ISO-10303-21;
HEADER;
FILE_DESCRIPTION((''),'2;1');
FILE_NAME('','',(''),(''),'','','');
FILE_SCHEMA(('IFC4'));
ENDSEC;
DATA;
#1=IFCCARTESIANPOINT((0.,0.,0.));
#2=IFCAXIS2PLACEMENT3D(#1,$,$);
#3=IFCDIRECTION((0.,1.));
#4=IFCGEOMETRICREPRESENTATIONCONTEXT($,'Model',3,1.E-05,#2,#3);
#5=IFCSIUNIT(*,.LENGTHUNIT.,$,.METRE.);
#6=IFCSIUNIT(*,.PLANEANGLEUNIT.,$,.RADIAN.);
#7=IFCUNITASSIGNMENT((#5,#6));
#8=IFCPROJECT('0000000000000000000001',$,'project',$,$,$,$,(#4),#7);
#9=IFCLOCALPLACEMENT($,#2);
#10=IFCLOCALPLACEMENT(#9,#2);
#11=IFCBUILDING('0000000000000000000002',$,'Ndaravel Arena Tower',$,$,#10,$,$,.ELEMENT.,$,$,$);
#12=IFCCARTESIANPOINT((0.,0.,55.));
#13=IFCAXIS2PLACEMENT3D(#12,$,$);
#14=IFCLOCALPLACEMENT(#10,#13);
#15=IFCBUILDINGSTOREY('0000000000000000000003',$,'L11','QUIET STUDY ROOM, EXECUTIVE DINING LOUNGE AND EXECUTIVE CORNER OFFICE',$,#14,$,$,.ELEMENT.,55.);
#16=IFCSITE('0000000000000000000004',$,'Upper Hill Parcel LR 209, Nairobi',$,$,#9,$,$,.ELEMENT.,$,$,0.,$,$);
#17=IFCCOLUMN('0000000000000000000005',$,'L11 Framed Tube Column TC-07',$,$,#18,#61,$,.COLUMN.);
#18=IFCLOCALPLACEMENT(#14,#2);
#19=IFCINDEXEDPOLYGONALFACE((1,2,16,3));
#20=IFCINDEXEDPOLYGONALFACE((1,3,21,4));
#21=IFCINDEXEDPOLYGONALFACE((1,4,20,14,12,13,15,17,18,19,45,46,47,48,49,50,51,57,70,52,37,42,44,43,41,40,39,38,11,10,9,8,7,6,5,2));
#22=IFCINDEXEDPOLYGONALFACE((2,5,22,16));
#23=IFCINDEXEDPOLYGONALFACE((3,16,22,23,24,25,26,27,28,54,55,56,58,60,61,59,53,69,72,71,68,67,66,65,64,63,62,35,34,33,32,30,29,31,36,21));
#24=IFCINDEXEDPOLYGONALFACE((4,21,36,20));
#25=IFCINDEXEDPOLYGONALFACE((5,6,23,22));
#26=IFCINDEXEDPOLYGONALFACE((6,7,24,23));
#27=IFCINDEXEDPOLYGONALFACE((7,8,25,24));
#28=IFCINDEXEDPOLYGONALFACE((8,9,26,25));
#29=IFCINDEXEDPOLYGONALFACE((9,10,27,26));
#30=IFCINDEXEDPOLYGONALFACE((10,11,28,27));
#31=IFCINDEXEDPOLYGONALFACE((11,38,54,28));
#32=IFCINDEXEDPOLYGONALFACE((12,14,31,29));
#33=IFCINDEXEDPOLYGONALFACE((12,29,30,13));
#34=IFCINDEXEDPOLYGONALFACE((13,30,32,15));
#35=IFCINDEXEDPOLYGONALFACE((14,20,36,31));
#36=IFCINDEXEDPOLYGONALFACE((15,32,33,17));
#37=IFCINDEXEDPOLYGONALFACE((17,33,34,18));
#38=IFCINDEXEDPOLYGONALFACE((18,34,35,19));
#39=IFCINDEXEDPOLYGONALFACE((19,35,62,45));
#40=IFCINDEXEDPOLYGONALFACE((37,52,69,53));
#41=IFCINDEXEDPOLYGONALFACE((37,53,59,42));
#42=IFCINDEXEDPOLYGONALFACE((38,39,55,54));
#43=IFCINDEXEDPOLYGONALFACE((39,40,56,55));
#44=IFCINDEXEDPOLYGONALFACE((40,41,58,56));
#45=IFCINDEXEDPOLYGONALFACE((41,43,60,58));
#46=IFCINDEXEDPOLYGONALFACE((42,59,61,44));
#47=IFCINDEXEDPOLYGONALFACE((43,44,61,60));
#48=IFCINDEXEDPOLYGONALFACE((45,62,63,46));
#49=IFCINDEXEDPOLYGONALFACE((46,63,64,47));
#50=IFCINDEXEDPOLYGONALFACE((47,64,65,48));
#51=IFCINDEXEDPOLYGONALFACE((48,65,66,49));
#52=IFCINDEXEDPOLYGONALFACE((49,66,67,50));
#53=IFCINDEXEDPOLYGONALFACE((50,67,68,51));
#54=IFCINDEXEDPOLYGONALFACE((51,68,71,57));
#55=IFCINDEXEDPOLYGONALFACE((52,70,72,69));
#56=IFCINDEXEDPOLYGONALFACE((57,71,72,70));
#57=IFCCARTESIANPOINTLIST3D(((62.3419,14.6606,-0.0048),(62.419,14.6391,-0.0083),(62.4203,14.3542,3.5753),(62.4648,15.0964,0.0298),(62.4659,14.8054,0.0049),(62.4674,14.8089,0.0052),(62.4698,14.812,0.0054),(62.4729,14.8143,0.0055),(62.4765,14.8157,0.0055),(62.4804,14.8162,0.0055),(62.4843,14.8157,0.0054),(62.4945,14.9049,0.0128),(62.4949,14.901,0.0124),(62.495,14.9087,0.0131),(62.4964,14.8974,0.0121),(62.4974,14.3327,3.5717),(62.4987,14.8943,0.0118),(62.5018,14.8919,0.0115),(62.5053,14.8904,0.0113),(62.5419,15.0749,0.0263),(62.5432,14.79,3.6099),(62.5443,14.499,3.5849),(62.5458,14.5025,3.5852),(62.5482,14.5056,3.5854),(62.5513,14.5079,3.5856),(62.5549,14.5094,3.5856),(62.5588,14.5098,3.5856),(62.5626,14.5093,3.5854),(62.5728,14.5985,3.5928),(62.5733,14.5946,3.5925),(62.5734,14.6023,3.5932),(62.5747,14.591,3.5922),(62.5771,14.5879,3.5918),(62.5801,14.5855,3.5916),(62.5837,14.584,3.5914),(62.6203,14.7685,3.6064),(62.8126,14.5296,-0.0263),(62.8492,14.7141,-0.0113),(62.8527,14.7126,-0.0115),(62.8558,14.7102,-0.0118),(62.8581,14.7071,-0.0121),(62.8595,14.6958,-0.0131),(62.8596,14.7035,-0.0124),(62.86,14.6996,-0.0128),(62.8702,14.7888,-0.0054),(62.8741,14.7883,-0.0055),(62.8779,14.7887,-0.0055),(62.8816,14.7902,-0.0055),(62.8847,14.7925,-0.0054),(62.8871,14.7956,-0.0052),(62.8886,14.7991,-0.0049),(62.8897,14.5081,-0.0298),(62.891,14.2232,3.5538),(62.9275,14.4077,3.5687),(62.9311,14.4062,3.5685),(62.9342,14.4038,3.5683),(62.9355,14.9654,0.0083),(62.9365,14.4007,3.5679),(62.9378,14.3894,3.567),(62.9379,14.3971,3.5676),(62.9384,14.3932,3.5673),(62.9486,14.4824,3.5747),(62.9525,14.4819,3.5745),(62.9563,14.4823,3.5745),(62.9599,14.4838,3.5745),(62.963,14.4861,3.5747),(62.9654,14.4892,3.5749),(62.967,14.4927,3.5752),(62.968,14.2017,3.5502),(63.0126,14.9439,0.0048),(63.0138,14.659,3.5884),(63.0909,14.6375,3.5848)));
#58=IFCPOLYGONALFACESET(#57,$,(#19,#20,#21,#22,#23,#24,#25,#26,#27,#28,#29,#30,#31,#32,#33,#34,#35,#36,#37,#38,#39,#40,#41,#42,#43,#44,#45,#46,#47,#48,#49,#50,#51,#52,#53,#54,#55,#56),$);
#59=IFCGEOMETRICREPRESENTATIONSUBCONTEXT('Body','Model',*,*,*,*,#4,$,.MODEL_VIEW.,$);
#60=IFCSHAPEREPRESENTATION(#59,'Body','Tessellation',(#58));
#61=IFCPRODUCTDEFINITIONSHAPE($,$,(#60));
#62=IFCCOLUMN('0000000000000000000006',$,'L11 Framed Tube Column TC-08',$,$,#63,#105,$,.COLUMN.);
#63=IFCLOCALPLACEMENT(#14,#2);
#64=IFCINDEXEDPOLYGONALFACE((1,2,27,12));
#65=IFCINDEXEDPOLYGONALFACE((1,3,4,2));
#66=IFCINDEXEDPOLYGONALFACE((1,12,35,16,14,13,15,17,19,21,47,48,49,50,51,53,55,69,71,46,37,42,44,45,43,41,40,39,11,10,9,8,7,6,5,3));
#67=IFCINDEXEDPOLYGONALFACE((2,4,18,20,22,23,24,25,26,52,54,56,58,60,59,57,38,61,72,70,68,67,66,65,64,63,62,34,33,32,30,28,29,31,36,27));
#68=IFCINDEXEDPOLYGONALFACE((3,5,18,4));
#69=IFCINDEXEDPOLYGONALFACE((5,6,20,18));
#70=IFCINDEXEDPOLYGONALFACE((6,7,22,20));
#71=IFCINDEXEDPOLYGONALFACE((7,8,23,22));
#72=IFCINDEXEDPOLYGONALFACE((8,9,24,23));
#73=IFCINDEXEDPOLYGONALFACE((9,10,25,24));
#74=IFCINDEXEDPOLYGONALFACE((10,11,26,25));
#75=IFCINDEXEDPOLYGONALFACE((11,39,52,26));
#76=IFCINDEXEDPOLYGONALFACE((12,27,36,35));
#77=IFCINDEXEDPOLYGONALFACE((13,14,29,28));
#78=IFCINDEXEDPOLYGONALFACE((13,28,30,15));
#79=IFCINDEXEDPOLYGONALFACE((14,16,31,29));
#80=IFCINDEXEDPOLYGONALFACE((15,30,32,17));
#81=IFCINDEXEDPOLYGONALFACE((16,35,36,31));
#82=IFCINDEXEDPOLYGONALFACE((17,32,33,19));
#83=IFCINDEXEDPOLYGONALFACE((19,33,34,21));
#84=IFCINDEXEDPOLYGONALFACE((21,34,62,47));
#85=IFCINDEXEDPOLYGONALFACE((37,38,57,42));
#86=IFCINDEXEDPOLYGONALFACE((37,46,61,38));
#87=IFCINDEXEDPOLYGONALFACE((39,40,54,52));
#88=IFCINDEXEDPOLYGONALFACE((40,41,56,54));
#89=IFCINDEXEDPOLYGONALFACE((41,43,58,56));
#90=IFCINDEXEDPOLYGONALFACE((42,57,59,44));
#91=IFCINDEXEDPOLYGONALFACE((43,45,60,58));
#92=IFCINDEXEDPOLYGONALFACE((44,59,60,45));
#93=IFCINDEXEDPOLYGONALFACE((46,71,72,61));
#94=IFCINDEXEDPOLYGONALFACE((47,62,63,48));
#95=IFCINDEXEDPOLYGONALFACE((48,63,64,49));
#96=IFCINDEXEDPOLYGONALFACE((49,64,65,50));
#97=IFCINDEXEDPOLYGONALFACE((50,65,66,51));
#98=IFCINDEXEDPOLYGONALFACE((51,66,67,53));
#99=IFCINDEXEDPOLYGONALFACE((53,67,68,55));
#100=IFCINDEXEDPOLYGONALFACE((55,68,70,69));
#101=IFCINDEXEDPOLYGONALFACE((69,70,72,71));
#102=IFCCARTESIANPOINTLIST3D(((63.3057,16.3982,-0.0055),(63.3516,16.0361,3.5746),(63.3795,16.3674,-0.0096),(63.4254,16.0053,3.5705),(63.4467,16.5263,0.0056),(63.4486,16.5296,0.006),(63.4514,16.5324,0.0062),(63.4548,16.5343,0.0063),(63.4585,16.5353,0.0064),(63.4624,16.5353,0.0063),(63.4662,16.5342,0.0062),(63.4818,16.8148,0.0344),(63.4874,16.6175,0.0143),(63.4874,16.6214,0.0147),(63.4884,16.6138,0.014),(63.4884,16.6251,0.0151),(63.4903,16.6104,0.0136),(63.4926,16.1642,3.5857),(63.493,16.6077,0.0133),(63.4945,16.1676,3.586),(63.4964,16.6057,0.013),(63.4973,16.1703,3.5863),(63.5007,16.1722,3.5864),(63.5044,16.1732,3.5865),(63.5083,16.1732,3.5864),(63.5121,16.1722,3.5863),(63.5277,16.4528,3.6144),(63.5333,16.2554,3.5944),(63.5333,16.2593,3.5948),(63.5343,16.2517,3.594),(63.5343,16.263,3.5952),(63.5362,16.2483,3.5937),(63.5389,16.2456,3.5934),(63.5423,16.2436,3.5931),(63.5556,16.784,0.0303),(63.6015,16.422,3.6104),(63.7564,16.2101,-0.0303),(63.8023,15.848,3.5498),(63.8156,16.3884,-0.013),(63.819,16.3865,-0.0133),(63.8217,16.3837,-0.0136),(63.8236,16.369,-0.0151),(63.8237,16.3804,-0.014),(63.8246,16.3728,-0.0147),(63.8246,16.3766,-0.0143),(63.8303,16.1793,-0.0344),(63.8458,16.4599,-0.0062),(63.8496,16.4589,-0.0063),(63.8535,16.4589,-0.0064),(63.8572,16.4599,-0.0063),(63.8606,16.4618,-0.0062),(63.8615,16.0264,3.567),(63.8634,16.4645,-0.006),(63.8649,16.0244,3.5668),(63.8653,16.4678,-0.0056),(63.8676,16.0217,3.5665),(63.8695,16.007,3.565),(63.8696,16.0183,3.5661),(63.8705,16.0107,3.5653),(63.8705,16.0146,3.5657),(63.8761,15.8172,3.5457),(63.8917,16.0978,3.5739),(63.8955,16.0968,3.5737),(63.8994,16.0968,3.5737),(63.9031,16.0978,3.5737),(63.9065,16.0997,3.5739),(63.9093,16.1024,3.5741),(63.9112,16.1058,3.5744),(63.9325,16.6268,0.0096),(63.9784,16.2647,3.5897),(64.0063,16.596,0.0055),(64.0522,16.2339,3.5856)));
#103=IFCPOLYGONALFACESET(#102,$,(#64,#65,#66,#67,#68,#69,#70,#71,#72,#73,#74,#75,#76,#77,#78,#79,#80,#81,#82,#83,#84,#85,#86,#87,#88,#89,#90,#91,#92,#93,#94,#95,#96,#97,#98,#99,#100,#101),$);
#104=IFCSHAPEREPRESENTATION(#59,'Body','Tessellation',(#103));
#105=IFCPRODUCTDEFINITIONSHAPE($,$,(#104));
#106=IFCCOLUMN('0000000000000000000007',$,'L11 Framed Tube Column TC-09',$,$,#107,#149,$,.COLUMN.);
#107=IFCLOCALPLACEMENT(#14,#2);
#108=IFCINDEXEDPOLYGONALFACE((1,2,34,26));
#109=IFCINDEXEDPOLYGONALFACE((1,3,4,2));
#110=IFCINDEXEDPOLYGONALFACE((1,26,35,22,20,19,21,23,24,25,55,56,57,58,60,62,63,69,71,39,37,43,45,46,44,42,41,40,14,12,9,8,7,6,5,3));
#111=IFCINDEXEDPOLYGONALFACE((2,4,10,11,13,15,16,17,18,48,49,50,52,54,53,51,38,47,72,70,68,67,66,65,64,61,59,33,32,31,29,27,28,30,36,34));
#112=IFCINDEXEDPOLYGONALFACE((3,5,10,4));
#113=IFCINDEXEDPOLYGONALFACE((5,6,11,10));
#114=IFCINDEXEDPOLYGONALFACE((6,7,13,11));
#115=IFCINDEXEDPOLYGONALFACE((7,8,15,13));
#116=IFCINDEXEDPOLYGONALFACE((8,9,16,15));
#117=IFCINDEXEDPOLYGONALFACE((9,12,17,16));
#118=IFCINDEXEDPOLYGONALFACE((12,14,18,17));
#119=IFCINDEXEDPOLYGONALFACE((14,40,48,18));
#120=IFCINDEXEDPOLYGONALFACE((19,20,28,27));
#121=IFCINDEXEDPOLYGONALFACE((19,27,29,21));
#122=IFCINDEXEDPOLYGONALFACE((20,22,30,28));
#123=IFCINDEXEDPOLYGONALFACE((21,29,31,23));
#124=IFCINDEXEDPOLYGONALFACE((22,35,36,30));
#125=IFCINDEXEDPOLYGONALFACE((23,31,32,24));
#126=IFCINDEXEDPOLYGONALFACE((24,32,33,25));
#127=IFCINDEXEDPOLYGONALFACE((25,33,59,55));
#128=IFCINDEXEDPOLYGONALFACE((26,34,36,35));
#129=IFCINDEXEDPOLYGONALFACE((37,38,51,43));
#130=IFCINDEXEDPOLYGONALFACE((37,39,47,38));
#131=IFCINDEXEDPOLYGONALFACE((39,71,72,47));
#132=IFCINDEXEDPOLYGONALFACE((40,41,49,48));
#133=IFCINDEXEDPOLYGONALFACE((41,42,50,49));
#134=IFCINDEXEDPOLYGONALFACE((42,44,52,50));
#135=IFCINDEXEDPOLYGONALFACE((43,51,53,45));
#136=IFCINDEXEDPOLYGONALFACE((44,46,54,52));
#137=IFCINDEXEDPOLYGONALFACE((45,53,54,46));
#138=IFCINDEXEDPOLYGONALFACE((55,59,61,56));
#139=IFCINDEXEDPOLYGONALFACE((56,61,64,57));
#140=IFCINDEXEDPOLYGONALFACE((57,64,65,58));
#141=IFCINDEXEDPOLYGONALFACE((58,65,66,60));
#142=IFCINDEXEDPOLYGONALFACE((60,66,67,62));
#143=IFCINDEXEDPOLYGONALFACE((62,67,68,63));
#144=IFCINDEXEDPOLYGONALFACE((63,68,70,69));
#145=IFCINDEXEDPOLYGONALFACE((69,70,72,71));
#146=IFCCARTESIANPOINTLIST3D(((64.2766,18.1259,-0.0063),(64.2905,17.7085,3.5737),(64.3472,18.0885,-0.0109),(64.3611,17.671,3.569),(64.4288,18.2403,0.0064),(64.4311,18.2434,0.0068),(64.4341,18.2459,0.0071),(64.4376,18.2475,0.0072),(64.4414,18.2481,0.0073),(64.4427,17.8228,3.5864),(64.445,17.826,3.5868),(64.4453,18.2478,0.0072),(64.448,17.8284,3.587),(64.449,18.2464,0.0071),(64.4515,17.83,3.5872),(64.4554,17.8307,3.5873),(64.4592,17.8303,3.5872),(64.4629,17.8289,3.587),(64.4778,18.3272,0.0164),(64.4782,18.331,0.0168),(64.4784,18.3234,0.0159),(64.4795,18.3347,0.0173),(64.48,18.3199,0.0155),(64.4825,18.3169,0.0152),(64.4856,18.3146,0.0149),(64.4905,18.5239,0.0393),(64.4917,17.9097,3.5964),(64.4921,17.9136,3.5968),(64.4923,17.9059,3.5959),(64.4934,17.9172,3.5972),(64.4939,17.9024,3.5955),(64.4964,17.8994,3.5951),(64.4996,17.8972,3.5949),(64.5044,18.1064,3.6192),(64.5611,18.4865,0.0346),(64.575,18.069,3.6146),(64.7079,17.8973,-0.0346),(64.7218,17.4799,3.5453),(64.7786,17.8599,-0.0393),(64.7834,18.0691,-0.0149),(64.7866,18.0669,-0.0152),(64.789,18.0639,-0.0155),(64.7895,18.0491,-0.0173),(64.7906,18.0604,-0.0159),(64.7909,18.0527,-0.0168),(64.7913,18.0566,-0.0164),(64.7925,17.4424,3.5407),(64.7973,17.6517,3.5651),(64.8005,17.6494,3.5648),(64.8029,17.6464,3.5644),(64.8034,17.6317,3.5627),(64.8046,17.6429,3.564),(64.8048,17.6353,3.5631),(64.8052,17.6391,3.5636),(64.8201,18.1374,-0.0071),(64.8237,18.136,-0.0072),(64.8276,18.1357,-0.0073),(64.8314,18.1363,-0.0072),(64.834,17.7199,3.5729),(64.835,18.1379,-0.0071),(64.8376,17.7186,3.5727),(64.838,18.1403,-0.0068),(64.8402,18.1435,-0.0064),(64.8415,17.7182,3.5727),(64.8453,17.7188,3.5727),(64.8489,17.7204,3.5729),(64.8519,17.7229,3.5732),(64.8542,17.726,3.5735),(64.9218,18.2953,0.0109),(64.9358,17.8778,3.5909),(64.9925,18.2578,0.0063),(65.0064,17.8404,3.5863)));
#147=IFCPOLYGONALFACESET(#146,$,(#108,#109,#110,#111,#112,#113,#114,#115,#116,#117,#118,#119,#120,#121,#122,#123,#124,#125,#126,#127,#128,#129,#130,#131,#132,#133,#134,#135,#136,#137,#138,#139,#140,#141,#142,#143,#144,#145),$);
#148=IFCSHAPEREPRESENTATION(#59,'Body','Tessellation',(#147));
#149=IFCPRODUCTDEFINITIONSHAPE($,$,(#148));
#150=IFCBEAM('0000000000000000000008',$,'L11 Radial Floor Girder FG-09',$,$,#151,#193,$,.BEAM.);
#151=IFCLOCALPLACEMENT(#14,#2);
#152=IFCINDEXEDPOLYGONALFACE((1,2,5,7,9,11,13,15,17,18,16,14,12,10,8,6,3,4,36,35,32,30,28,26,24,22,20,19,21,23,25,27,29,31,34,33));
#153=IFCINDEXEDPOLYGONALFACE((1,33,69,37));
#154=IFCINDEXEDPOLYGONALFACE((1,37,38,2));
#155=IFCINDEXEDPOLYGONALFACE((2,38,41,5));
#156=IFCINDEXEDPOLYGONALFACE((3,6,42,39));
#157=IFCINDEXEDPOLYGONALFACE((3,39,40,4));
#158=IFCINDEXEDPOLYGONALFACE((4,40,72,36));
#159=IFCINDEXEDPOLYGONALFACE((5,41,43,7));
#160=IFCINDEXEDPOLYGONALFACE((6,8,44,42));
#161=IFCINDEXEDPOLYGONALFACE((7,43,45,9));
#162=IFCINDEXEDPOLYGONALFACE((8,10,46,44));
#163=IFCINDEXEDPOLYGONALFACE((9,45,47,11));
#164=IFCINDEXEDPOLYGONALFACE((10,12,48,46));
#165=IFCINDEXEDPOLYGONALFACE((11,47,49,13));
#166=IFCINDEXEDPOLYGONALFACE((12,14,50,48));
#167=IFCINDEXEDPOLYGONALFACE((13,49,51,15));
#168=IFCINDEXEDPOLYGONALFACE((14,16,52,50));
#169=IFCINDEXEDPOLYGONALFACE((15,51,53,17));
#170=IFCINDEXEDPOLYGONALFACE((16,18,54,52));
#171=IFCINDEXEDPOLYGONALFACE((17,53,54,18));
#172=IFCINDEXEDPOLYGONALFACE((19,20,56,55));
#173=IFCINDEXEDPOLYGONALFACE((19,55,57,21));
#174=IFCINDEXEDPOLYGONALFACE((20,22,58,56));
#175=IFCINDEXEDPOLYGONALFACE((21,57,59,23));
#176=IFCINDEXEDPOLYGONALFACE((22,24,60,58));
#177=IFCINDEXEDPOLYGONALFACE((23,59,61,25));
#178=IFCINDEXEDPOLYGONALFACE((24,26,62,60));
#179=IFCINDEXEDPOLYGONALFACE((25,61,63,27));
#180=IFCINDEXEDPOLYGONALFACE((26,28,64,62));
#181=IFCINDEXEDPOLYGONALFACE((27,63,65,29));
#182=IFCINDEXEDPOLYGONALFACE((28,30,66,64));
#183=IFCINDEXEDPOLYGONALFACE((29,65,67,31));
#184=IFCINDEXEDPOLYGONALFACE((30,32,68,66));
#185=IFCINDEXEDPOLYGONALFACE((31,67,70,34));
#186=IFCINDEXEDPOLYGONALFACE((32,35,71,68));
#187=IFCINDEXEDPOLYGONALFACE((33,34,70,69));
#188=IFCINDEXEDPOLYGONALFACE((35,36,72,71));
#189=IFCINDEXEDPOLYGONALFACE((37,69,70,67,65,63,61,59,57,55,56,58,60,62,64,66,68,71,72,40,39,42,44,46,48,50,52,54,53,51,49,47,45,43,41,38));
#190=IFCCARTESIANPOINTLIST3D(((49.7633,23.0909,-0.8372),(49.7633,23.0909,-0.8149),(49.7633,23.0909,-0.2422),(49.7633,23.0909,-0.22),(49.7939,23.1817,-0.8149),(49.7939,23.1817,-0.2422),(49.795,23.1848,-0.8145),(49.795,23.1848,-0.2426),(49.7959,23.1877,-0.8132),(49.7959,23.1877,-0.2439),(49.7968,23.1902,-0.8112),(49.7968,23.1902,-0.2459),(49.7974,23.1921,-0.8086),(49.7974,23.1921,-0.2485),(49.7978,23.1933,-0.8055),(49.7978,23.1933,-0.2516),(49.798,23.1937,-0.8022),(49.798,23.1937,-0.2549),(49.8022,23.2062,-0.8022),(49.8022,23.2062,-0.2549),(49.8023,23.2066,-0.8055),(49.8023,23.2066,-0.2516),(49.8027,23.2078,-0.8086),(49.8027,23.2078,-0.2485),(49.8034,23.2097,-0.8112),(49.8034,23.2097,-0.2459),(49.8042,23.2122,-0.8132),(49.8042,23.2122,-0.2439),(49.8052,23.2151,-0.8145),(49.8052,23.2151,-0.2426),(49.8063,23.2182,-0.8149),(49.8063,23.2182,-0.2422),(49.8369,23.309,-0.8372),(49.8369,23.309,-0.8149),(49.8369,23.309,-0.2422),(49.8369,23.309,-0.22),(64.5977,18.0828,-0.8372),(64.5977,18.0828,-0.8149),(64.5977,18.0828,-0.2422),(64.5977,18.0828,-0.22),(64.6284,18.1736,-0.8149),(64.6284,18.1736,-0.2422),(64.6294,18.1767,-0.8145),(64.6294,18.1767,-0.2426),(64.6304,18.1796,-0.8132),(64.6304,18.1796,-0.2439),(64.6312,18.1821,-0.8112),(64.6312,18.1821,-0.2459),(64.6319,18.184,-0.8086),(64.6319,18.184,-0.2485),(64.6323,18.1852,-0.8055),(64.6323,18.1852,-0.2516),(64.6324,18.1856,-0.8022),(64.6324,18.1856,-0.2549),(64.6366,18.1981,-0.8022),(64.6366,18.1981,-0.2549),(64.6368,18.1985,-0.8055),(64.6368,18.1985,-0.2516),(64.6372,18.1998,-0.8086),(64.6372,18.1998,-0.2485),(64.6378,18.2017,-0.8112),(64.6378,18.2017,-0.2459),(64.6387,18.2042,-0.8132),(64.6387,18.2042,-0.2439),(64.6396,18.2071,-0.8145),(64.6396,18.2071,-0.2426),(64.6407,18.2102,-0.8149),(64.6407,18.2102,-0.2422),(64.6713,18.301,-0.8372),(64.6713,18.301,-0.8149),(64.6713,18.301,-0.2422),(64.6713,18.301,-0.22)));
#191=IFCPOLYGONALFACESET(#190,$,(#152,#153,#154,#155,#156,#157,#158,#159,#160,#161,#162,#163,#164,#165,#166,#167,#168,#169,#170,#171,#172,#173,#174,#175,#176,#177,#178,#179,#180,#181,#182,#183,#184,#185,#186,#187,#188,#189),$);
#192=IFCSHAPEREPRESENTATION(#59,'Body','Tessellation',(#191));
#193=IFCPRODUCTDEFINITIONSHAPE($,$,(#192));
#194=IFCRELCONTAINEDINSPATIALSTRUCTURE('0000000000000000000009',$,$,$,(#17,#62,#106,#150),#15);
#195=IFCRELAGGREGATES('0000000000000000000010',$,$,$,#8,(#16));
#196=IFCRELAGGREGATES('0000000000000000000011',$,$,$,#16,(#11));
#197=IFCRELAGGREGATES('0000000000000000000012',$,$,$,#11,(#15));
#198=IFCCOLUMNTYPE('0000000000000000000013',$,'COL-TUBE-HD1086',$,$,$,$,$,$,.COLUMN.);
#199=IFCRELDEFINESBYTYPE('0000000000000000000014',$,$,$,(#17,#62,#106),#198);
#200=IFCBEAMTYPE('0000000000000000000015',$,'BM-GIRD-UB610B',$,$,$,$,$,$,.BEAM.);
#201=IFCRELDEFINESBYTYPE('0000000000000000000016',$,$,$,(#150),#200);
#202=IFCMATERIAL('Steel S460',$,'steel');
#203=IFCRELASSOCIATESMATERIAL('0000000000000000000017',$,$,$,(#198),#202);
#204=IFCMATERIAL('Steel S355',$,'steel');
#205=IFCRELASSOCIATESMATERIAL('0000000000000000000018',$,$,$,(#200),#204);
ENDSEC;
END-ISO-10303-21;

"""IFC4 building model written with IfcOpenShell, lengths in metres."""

from ifc_helpers import new_model, si_unit, direction, frame, origin, origin_2d, place, context, subcontext, project, spatial, i_section, extrude, material, material_profile, profile_set, type_object, element, save


model = new_model("IFC4")

# Units and contexts
model_context = context("Model", 3, precision=1e-05, world=origin(), true_north=direction((0.0, 1.0)))
body_context = subcontext(model_context, "Body", "Model", "MODEL_VIEW")
ifc_project = project(units=[si_unit("LENGTHUNIT", "METRE"), si_unit("PLANEANGLEUNIT", "RADIAN")], contexts=[model_context])

# Site, building, storey
site_placement = place(None, origin())
site = spatial("IfcSite", under=ifc_project, at=site_placement, Name="Upper Hill Parcel LR 209, Nairobi", CompositionType="ELEMENT", RefElevation=0.0)
building_placement = place(site_placement, origin())
building = spatial("IfcBuilding", under=site, at=building_placement, Name="Ndaravel Arena Tower", CompositionType="ELEMENT")
storey_placement = place(building_placement, frame((0.0, 0.0, 55.0)))
storey = spatial("IfcBuildingStorey", under=building, at=storey_placement, Name="L11", Description="QUIET STUDY ROOM, EXECUTIVE DINING LOUNGE AND EXECUTIVE CORNER OFFICE", CompositionType="ELEMENT", Elevation=55.0)

# Columns
ifc_material_1 = material(Name="Steel S460", Category="steel")
ifc_material_profile_1 = material_profile(ifc_material_1, i_section(OverallWidth=0.4541, OverallDepth=0.5691, WebThickness=0.0779, FlangeThickness=0.0801, FilletRadius=0.0149, at=origin_2d()), Name="HD 400x1086")
ifc_profile_set_1 = profile_set([ifc_material_profile_1], Name="Steel S460")
column_type = type_object("IfcColumnType", Name="COL-TUBE-HD1086", PredefinedType="COLUMN", material=ifc_profile_set_1)
column_1_placement = place(storey_placement, frame((62.6772, 14.8022, 0.0), z_axis=(0.021805, -0.085252, 0.996121), x_axis=(0.270637, 0.95966, 0.076207)))
element("IfcColumn", 1, at=column_1_placement, inside=storey, type_object=column_type, Name="L11 Framed Tube Column TC-07", PredefinedType="COLUMN", context=body_context, shape_type="SweptSolid", body=[
    extrude(i_section(OverallWidth=0.4541, OverallDepth=0.5691, WebThickness=0.0779, FlangeThickness=0.0801, FilletRadius=0.0149, at=origin_2d()), origin(), (0.0, 0.0, 1.0), 3.594),
])
column_2_placement = place(storey_placement, frame((63.656, 16.4971, 0.0), z_axis=(0.012754, -0.100611, 0.994844), x_axis=(0.387677, 0.917601, 0.087829)))
element("IfcColumn", 2, at=column_2_placement, inside=storey, type_object=column_type, Name="L11 Framed Tube Column TC-08", PredefinedType="COLUMN", context=body_context, shape_type="SweptSolid", body=[
    extrude(i_section(OverallWidth=0.4541, OverallDepth=0.5691, WebThickness=0.0779, FlangeThickness=0.0801, FilletRadius=0.0149, at=origin_2d()), origin(), (0.0, 0.0, 1.0), 3.5986),
])
column_3_placement = place(storey_placement, frame((64.6345, 18.1919, 0.0), z_axis=(0.003861, -0.115826, 0.993262), x_axis=(0.471065, 0.87637, 0.100364)))
element("IfcColumn", 3, at=column_3_placement, inside=storey, type_object=column_type, Name="L11 Framed Tube Column TC-09", PredefinedType="COLUMN", context=body_context, shape_type="SweptSolid", body=[
    extrude(i_section(OverallWidth=0.4541, OverallDepth=0.5691, WebThickness=0.0779, FlangeThickness=0.0801, FilletRadius=0.0149, at=origin_2d()), origin(), (0.0, 0.0, 1.0), 3.6042),
])

# Beam
ifc_material_2 = material(Name="Steel S355", Category="steel")
ifc_material_profile_2 = material_profile(ifc_material_2, i_section(OverallWidth=0.2302, OverallDepth=0.6172, WebThickness=0.0132, FlangeThickness=0.0222, FilletRadius=0.0127, at=origin_2d()), Name="UB 610x229x140")
ifc_profile_set_2 = profile_set([ifc_material_profile_2], Name="Steel S355")
beam_type_1 = type_object("IfcBeamType", Name="BM-GIRD-UB610B", PredefinedType="BEAM", material=ifc_profile_set_2)
beam_1_placement = place(storey_placement, frame((64.6345, 18.1919, -0.5286), z_axis=(-0.947465, 0.31986, 0.0), x_axis=(-0.31986, -0.947465, 0.0)))
element("IfcBeam", 4, at=beam_1_placement, inside=storey, type_object=beam_type_1, Name="L11 Radial Floor Girder FG-09", PredefinedType="BEAM", context=body_context, shape_type="SweptSolid", body=[
    extrude(i_section(OverallWidth=0.2302, OverallDepth=0.6172, WebThickness=0.0132, FlangeThickness=0.0222, FilletRadius=0.0127, at=origin_2d()), origin(), (0.0, 0.0, 1.0), 15.657),
])

save(model, "model.ifc")
